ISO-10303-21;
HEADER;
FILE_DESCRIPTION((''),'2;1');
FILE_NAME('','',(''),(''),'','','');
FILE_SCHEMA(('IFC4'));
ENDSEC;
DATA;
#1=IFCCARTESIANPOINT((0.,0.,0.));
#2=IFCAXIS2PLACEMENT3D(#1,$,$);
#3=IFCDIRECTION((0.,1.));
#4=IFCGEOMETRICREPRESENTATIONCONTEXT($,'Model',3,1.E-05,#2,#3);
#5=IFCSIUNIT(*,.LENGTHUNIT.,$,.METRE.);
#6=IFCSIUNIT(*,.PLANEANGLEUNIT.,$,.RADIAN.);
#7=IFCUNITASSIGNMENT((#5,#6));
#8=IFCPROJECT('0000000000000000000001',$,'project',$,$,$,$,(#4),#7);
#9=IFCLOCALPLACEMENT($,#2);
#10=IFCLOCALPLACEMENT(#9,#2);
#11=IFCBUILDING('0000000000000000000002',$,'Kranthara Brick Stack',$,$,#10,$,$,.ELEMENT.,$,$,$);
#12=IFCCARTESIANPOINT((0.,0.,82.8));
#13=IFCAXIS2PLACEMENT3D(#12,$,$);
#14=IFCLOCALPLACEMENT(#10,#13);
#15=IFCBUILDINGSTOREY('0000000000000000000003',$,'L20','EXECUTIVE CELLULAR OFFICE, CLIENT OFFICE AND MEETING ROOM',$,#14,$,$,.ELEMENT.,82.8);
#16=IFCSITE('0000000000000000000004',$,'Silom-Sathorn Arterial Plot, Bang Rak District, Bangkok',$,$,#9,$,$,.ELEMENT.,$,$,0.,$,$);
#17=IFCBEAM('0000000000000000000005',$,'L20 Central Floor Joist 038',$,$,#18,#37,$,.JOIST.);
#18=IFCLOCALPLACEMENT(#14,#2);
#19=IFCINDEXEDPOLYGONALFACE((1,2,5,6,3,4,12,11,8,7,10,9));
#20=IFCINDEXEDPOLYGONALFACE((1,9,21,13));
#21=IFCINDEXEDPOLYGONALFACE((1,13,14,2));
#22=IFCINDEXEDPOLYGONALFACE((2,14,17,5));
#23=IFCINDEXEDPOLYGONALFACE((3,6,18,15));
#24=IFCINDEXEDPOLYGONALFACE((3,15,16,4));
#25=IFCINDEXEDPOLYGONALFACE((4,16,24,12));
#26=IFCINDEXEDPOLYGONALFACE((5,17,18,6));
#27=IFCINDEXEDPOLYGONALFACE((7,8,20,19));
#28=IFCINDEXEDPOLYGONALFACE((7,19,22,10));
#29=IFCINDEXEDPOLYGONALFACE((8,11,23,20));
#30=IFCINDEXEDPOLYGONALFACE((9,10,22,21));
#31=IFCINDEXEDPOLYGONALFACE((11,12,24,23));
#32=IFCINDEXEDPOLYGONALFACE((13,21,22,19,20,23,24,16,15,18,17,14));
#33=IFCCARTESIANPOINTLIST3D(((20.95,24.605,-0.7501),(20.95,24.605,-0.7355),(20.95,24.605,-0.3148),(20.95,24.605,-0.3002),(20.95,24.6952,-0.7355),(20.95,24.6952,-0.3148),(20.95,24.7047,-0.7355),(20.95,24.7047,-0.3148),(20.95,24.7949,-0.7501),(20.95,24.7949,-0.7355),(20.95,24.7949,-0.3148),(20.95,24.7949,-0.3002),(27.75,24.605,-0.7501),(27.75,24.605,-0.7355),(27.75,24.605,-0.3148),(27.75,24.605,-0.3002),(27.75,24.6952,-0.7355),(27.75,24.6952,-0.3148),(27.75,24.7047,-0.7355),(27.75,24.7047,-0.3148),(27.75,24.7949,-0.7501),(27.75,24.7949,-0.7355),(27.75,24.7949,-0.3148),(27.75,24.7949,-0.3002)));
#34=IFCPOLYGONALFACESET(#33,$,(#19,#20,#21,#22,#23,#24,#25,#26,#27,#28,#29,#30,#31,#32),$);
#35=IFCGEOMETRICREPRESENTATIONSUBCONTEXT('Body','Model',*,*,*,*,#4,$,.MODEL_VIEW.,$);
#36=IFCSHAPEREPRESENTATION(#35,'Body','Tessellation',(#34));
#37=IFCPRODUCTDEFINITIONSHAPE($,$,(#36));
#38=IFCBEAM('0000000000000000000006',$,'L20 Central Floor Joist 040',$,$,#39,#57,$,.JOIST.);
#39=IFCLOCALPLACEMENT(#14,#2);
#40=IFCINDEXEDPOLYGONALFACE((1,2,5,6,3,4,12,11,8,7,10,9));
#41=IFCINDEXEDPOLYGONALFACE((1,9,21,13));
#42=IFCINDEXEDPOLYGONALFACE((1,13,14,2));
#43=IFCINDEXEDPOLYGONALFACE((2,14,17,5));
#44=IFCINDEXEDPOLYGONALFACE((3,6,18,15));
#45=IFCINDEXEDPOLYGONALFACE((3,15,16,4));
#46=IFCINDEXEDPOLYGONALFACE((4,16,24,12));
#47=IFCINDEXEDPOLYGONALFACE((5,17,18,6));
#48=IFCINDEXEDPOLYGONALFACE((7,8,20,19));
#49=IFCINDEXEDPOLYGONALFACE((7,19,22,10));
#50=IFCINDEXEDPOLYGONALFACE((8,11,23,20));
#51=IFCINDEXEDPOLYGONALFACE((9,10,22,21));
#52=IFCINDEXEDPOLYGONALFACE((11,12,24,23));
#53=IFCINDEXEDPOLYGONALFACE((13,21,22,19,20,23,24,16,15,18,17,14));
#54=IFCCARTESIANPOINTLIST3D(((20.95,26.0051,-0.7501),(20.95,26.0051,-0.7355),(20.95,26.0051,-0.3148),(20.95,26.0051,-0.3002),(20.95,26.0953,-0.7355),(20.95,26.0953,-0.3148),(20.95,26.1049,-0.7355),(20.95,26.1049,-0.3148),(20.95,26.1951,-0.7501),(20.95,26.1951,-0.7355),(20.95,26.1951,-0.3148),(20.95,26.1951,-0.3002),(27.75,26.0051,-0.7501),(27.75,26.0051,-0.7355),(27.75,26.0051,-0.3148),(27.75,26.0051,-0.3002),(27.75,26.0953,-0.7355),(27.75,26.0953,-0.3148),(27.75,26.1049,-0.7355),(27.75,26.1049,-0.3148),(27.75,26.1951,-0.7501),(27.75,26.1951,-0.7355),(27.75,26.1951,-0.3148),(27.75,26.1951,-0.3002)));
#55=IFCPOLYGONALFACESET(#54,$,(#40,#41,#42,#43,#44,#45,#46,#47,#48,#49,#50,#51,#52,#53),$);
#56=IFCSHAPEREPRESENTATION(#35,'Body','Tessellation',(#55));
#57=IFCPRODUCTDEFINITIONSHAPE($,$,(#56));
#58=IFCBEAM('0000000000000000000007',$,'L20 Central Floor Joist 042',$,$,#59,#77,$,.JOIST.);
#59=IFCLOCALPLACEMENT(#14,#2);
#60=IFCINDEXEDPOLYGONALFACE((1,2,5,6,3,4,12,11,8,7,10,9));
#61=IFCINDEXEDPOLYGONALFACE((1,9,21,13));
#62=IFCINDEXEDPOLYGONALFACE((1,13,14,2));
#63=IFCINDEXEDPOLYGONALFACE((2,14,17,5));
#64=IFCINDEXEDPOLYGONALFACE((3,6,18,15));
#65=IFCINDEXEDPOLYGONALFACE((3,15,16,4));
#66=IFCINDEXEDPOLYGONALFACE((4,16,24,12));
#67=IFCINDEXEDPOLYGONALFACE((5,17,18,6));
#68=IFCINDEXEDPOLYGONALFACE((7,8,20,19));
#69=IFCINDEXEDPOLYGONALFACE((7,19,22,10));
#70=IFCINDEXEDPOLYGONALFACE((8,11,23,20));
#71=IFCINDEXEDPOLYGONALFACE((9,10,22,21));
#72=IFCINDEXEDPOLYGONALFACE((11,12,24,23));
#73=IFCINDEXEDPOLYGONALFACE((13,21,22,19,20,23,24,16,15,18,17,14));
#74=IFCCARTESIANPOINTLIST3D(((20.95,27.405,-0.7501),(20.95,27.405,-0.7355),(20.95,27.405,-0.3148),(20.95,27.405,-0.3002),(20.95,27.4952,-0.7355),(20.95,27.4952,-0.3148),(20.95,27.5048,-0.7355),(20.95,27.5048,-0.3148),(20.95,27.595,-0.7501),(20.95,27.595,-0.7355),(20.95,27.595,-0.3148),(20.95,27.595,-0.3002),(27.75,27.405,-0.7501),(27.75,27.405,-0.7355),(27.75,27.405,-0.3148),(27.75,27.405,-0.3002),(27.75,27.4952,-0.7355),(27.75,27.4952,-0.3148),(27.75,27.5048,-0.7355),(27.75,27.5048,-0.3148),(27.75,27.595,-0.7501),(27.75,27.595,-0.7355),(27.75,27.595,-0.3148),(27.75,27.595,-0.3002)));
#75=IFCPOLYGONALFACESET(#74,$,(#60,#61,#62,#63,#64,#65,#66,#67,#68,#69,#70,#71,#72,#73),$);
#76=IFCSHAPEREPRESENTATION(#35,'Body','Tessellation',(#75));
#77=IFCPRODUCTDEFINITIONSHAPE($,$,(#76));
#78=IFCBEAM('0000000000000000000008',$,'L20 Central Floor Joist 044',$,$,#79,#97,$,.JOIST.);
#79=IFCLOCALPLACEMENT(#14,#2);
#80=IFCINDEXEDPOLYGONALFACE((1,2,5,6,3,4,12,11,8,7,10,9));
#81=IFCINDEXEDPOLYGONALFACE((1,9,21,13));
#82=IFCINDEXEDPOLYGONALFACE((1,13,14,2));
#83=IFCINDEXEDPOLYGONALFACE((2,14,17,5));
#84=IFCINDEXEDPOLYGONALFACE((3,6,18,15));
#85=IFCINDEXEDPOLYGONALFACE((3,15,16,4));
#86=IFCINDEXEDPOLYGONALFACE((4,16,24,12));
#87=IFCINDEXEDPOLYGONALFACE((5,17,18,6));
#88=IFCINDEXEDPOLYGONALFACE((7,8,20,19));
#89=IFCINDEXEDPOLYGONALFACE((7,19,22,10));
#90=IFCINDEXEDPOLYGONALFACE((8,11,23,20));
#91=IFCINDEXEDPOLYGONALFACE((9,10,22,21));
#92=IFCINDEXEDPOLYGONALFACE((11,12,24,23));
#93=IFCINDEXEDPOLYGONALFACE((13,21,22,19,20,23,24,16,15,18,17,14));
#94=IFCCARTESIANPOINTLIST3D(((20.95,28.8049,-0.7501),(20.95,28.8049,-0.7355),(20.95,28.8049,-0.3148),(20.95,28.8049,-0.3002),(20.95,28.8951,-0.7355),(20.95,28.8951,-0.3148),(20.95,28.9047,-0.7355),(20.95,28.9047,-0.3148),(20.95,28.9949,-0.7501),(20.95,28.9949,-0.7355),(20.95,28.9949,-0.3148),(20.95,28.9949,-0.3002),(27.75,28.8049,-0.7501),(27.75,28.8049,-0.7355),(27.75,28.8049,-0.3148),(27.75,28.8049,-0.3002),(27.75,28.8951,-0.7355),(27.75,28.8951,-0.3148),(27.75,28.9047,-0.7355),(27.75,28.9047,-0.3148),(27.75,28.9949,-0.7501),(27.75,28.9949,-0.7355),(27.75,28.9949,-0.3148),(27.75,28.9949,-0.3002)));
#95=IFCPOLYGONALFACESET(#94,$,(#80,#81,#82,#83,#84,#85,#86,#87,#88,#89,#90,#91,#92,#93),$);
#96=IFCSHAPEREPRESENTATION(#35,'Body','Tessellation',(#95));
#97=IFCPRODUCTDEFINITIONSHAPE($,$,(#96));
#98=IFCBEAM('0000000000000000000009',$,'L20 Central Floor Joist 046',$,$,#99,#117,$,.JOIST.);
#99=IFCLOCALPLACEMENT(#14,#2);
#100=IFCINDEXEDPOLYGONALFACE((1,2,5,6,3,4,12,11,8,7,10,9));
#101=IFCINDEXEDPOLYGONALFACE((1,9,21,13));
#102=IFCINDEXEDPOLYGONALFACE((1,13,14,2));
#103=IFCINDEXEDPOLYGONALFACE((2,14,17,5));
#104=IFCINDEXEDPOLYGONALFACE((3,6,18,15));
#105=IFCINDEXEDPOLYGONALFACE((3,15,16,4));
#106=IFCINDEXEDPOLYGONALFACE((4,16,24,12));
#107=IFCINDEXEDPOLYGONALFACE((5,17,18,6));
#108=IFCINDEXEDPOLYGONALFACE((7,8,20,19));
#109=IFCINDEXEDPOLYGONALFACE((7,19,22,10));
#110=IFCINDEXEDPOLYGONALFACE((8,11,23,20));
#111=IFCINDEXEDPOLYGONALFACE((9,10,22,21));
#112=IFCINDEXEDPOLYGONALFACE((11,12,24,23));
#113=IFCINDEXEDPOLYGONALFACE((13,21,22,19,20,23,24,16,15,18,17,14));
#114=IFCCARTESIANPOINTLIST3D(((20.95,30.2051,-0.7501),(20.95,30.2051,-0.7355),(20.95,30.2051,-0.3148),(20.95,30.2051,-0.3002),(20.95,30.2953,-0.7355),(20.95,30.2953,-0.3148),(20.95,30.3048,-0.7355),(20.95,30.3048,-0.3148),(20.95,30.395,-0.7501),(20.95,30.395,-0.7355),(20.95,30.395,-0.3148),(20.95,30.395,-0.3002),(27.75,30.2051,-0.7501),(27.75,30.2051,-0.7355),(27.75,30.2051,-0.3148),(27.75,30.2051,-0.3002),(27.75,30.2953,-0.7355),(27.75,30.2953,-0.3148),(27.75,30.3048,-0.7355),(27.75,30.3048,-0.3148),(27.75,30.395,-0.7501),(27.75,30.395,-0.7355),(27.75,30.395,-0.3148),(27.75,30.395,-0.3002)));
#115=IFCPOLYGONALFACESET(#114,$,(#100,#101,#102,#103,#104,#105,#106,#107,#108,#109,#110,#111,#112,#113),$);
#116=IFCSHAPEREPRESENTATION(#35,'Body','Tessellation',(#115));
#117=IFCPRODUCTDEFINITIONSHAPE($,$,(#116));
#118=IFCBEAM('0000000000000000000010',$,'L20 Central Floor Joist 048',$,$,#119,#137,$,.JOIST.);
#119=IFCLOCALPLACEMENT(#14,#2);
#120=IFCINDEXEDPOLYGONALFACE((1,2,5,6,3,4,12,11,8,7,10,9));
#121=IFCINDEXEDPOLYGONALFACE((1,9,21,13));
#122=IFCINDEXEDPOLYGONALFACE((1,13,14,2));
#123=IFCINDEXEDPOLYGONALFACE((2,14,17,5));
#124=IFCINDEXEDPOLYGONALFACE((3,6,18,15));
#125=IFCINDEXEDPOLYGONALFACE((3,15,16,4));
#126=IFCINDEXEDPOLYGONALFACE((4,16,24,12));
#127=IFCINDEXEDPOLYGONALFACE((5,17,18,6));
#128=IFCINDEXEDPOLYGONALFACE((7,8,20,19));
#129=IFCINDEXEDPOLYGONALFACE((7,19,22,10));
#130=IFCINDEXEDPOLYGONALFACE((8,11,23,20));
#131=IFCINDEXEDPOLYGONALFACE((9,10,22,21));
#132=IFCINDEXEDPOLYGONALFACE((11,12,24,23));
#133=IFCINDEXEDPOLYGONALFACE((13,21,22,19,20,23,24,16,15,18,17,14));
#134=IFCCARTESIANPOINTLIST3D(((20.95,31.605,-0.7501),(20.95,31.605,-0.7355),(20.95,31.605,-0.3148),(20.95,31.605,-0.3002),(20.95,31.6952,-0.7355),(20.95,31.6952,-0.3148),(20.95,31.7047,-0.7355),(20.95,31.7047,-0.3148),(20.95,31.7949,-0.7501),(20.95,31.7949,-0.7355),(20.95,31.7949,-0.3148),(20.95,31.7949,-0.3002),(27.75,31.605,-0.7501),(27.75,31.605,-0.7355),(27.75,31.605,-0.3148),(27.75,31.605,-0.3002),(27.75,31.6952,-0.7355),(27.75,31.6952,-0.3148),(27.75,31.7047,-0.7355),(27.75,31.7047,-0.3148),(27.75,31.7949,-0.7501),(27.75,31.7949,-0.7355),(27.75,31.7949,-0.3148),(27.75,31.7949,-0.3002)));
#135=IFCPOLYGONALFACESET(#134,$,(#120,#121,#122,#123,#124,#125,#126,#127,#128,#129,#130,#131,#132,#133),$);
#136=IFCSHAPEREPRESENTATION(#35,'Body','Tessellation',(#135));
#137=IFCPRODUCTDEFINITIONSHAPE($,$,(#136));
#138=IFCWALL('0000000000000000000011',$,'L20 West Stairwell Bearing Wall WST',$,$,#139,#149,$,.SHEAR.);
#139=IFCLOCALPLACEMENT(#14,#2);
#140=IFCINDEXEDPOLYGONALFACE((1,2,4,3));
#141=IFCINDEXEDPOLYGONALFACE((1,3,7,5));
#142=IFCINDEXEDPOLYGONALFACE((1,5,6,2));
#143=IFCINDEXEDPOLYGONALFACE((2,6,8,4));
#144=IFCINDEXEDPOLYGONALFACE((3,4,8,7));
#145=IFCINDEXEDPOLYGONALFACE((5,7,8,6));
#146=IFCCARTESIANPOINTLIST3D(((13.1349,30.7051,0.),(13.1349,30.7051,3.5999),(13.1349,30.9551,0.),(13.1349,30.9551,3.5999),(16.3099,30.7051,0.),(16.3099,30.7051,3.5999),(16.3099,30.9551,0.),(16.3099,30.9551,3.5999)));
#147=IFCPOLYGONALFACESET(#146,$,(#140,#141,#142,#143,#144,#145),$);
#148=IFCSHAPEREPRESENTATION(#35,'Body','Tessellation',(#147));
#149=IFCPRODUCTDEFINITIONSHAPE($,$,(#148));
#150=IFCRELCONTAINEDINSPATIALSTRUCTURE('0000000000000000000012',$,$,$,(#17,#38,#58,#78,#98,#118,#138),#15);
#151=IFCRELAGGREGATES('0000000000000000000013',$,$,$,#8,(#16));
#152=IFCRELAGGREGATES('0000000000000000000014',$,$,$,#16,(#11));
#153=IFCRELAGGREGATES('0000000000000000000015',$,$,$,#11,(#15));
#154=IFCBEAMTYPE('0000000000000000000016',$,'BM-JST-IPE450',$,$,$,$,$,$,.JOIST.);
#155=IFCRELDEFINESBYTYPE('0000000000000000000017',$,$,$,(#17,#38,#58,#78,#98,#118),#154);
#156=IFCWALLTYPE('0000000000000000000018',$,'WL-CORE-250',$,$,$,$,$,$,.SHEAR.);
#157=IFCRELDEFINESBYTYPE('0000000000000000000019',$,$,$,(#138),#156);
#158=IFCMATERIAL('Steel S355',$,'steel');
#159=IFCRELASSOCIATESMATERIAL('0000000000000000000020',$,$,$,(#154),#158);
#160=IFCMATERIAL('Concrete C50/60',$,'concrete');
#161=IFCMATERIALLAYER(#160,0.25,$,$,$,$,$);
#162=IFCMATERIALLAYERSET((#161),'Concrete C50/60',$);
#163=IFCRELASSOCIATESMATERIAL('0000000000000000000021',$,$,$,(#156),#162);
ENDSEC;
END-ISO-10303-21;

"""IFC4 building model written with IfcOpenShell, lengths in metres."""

from ifc_helpers import new_model, si_unit, direction, frame, frame_2d, origin, origin_2d, place, context, subcontext, project, spatial, rectangle, i_section, extrude, material, layer, layer_set, material_profile, profile_set, type_object, element, save


model = new_model("IFC4")

# Units and contexts
model_context = context("Model", 3, precision=1e-05, world=origin(), true_north=direction((0.0, 1.0)))
body_context = subcontext(model_context, "Body", "Model", "MODEL_VIEW")
ifc_project = project(units=[si_unit("LENGTHUNIT", "METRE"), si_unit("PLANEANGLEUNIT", "RADIAN")], contexts=[model_context])

# Site, building, storey
site_placement = place(None, origin())
site = spatial("IfcSite", under=ifc_project, at=site_placement, Name="Silom-Sathorn Arterial Plot, Bang Rak District, Bangkok", CompositionType="ELEMENT", RefElevation=0.0)
building_placement = place(site_placement, origin())
building = spatial("IfcBuilding", under=site, at=building_placement, Name="Kranthara Brick Stack", CompositionType="ELEMENT")
storey_placement = place(building_placement, frame((0.0, 0.0, 82.8)))
storey = spatial("IfcBuildingStorey", under=building, at=storey_placement, Name="L20", Description="EXECUTIVE CELLULAR OFFICE, CLIENT OFFICE AND MEETING ROOM", CompositionType="ELEMENT", Elevation=82.8)

# Beams
ifc_material_1 = material(Name="Steel S355", Category="steel")
ifc_material_profile = material_profile(ifc_material_1, i_section(OverallWidth=0.1899, OverallDepth=0.45, WebThickness=0.0095, FlangeThickness=0.0146, at=origin_2d()), Name="IPE 450")
ifc_profile_set = profile_set([ifc_material_profile], Name="Steel S355")
beam_type = type_object("IfcBeamType", Name="BM-JST-IPE450", PredefinedType="JOIST", material=ifc_profile_set)
for number, where, z_axis, x_axis, name in (
    (1, (20.95, 24.7, -0.5251), (1.0, 0.0, 0.0), (0.0, 1.0, 0.0), "L20 Central Floor Joist 038"),
    (2, (20.95, 26.1001, -0.5251), (1.0, 0.0, 0.0), (0.0, 1.0, 0.0), "L20 Central Floor Joist 040"),
    (3, (20.95, 27.5, -0.5251), (1.0, 0.0, 0.0), (0.0, 1.0, 0.0), "L20 Central Floor Joist 042"),
    (4, (20.95, 28.8999, -0.5251), (1.0, 0.0, 0.0), (0.0, 1.0, 0.0), "L20 Central Floor Joist 044"),
    (5, (20.95, 30.3, -0.5251), (1.0, 0.0, 0.0), (0.0, 1.0, 0.0), "L20 Central Floor Joist 046"),
    (6, (20.95, 31.7, -0.5251), (1.0, 0.0, 0.0), (0.0, 1.0, 0.0), "L20 Central Floor Joist 048"),
):
    element("IfcBeam", number, at=place(storey_placement, frame(where, z_axis=z_axis, x_axis=x_axis)), inside=storey, type_object=beam_type, Name=name, PredefinedType="JOIST", context=body_context, shape_type="SweptSolid", body=[
        extrude(i_section(OverallWidth=0.1899, OverallDepth=0.45, WebThickness=0.0095, FlangeThickness=0.0146, at=origin_2d()), origin(), (0.0, 0.0, 1.0), 6.8),
    ])

# Wall
ifc_material_2 = material(Name="Concrete C50/60", Category="concrete")
ifc_layer_1 = layer(ifc_material_2, 0.25)
ifc_layer_set_1 = layer_set([ifc_layer_1], Name="Concrete C50/60")
wall_type_1 = type_object("IfcWallType", Name="WL-CORE-250", PredefinedType="SHEAR", material=ifc_layer_set_1)
wall_1_placement = place(storey_placement, frame((13.135, 30.8301, 0.0), z_axis=(0.0, 0.0, 1.0), x_axis=(1.0, 0.0, 0.0)))
element("IfcWall", 7, at=wall_1_placement, inside=storey, type_object=wall_type_1, Name="L20 West Stairwell Bearing Wall WST", PredefinedType="SHEAR", context=body_context, shape_type="SweptSolid", body=[
    extrude(rectangle(XDim=3.175, YDim=0.25, at=frame_2d((1.5874, 0.0))), origin(), (0.0, 0.0, 1.0), 3.5999),
])

save(model, "model.ifc")
